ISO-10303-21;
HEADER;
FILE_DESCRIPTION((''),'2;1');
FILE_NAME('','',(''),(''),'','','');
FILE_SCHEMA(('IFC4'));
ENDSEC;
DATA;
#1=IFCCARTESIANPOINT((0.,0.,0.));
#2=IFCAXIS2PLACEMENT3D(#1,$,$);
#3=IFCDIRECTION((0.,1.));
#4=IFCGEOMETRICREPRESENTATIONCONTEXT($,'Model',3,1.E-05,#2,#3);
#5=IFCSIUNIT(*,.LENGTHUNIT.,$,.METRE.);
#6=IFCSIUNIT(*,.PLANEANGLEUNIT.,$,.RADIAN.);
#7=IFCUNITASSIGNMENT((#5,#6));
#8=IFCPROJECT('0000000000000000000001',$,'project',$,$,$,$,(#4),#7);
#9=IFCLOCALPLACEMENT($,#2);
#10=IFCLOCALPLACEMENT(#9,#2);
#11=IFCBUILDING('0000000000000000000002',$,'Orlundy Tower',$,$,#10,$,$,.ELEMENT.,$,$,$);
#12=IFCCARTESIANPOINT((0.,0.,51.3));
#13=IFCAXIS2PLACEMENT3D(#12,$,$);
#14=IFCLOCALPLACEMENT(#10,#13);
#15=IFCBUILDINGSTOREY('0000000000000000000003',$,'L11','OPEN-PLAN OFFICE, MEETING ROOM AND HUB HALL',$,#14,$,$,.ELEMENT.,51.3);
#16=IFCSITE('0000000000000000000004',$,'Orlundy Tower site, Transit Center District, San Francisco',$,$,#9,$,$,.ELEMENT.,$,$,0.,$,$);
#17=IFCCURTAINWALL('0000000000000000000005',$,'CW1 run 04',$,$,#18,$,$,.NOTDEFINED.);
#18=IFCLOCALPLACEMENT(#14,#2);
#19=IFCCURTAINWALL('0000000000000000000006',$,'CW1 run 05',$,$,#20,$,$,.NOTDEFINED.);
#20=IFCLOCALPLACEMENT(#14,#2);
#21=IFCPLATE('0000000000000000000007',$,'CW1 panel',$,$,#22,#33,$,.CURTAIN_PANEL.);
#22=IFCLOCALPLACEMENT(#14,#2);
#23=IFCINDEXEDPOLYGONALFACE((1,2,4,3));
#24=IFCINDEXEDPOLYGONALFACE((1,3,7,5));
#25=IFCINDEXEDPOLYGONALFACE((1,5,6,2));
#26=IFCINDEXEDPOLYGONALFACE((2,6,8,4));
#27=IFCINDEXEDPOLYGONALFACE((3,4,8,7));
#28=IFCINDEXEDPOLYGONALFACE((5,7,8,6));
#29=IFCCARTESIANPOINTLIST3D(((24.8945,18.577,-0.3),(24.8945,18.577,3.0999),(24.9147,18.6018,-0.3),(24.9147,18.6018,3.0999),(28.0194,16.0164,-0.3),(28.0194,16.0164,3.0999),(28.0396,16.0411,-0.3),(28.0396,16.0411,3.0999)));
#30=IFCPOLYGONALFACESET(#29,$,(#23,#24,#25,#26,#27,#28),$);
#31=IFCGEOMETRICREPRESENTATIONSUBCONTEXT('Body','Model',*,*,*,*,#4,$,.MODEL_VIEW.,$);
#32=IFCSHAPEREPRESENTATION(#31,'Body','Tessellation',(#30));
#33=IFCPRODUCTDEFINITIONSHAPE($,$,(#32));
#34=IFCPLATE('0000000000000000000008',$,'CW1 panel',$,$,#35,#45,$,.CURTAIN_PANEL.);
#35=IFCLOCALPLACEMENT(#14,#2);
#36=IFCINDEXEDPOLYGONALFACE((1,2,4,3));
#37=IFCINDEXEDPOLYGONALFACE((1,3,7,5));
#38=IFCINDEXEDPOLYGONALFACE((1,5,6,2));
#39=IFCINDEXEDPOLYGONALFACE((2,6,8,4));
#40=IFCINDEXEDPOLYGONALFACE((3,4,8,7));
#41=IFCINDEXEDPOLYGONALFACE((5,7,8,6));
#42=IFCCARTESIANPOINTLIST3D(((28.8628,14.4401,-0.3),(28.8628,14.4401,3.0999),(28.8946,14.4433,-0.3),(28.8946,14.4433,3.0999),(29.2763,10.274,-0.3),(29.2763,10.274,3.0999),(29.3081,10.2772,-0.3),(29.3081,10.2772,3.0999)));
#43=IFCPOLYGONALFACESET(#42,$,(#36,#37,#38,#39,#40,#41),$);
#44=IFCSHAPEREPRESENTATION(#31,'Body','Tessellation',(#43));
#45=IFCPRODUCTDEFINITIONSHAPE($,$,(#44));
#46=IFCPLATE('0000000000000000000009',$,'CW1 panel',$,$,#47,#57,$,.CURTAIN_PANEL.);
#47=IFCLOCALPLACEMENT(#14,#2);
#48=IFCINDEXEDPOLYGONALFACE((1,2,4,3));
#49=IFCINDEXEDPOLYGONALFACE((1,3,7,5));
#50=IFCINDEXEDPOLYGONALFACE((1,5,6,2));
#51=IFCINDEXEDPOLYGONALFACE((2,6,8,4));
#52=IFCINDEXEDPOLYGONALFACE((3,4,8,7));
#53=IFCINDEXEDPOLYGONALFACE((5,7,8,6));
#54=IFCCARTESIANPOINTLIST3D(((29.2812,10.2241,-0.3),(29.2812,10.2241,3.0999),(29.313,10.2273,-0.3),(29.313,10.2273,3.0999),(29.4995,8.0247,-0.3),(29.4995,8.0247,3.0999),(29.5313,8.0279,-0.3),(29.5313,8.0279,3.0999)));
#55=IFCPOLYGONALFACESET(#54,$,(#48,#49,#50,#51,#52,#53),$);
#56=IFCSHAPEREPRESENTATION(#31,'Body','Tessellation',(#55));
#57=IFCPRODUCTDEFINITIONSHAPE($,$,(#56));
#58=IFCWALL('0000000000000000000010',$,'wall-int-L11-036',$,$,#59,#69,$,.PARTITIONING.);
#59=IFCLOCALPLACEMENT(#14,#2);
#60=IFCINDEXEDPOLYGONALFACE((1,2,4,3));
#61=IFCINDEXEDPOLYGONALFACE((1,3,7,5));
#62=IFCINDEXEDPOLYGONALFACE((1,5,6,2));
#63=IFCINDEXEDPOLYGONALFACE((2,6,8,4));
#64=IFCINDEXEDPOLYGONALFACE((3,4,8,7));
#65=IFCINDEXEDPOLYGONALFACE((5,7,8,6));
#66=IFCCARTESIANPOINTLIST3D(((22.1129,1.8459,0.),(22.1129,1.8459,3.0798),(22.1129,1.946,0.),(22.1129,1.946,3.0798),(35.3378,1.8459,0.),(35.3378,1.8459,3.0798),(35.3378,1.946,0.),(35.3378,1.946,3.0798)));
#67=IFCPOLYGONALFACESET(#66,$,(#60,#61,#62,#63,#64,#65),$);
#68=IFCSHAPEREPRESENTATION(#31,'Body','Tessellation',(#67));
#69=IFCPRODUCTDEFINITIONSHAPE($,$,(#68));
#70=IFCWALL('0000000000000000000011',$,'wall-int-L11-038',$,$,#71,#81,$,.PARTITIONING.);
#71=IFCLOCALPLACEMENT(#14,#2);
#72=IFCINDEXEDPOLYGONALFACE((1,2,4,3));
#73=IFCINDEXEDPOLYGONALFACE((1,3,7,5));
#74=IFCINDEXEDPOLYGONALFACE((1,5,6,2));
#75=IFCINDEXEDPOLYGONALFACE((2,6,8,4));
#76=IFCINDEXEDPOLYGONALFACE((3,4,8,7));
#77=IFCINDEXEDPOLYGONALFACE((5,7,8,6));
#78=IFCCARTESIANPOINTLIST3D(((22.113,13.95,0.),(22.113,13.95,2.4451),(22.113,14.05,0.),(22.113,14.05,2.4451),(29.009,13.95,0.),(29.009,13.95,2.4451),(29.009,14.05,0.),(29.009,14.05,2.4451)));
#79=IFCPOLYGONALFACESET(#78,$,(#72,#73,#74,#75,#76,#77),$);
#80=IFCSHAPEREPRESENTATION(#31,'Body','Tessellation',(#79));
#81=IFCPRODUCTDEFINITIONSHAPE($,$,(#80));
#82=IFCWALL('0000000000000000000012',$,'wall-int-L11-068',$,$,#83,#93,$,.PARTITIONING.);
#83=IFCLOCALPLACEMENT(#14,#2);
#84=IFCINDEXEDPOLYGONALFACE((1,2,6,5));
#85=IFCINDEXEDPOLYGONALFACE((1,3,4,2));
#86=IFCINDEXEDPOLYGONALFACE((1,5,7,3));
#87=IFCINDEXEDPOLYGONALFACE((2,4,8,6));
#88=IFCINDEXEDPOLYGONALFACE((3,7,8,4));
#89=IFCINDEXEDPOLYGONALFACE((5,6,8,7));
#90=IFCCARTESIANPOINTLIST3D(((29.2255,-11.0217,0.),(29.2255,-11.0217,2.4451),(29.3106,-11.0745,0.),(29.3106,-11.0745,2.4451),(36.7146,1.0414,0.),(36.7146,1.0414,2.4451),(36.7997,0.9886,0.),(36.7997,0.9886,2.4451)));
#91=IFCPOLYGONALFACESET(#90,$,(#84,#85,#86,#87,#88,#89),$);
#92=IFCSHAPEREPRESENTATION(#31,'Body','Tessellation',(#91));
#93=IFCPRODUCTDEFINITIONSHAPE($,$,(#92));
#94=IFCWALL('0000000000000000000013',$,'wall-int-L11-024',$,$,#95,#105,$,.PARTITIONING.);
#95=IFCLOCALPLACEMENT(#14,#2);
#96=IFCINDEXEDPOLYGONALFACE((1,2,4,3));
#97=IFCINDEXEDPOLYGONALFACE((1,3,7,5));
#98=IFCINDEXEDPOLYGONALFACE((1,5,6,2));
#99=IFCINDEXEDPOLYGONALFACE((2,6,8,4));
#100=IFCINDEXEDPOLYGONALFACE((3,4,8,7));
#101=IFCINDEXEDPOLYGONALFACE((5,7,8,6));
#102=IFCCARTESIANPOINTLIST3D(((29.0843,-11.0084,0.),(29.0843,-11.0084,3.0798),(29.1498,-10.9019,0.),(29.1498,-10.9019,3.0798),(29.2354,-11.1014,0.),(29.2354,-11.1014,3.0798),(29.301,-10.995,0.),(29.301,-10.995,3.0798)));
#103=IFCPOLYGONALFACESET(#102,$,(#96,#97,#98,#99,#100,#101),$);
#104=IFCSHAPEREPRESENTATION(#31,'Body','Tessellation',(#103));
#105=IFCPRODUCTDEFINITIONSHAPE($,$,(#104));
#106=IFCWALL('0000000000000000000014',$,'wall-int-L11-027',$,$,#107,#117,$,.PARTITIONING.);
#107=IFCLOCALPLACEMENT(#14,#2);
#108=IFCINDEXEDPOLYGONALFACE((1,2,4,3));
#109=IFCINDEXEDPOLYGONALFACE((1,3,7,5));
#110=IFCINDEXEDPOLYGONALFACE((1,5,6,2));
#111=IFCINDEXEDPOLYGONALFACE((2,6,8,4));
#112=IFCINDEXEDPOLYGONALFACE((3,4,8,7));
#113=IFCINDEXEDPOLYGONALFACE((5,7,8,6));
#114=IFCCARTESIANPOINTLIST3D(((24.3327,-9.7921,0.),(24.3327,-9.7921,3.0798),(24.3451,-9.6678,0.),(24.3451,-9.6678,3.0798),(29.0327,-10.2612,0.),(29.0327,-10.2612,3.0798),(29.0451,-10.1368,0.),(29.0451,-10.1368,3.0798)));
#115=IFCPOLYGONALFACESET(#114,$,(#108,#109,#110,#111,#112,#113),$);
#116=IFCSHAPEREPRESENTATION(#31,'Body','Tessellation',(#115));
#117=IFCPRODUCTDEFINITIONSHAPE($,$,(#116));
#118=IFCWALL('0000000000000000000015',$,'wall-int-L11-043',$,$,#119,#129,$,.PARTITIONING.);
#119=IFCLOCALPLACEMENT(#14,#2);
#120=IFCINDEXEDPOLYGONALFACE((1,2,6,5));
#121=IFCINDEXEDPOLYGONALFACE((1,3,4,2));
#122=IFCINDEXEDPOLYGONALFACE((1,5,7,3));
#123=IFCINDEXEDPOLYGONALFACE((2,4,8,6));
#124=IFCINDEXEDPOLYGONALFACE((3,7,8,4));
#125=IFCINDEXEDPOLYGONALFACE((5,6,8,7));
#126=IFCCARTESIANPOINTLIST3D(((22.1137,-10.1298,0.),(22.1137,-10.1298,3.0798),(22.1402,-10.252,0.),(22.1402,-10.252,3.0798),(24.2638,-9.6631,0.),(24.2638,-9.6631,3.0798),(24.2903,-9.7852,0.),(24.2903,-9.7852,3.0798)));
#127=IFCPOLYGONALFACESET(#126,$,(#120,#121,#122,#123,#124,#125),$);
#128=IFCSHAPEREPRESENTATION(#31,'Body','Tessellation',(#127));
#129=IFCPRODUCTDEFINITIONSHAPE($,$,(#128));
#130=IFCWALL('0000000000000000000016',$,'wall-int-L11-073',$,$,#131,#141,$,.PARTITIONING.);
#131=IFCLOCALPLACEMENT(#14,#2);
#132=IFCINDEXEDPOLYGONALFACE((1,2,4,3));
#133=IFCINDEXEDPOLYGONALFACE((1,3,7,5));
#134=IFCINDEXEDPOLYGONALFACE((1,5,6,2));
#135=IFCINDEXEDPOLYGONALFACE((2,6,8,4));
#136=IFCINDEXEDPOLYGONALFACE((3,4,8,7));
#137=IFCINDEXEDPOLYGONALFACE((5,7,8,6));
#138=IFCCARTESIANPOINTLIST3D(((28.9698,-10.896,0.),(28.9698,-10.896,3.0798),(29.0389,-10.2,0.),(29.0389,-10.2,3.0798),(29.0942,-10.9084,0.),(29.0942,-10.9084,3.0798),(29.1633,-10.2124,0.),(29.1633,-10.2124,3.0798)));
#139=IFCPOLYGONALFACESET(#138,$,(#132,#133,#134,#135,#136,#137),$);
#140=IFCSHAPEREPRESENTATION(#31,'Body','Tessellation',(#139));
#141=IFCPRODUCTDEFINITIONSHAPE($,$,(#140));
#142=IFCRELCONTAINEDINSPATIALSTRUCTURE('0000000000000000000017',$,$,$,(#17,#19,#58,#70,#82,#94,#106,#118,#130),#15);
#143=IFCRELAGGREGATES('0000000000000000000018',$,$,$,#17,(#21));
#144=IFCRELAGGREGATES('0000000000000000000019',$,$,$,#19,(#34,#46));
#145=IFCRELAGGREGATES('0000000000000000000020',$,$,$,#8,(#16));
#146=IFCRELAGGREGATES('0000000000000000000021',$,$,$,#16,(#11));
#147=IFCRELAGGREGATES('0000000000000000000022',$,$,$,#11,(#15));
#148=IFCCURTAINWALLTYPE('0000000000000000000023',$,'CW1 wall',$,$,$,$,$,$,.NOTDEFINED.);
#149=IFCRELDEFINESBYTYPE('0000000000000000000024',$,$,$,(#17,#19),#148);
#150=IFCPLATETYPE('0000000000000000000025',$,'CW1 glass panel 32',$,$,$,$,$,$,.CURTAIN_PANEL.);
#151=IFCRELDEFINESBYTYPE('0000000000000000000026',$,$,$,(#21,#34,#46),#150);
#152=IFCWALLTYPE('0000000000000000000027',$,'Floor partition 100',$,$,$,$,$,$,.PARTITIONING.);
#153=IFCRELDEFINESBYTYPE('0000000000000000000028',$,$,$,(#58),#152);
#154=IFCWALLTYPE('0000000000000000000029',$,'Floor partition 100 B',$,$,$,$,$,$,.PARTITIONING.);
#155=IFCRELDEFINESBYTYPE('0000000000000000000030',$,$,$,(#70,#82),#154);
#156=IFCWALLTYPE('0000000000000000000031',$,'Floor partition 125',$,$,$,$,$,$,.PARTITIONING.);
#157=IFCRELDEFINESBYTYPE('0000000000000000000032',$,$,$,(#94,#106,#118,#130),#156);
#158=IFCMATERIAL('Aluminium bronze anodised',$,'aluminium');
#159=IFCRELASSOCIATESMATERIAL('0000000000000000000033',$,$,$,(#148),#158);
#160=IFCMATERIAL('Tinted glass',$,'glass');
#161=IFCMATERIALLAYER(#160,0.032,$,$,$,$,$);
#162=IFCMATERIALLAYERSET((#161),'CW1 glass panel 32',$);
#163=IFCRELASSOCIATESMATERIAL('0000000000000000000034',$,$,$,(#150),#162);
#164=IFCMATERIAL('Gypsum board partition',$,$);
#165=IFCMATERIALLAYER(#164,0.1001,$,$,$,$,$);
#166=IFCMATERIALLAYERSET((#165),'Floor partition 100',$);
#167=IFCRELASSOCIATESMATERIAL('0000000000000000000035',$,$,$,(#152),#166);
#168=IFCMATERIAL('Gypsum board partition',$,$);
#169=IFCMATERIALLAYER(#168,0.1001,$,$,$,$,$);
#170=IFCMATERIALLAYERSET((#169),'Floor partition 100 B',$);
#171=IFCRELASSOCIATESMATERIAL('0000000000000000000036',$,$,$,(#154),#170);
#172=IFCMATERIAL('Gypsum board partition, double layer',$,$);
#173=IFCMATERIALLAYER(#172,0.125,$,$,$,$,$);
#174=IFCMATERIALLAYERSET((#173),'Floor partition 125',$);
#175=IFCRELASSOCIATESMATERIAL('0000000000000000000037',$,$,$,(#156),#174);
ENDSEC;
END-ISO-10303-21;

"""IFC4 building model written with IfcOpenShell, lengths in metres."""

from ifc_helpers import new_model, si_unit, direction, frame, frame_2d, origin, origin_2d, place, context, subcontext, project, spatial, rectangle, extrude, material, layer, layer_set, type_object, element, aggregate, save


model = new_model("IFC4")

# Units and contexts
model_context = context("Model", 3, precision=1e-05, world=origin(), true_north=direction((0.0, 1.0)))
body_context = subcontext(model_context, "Body", "Model", "MODEL_VIEW")
ifc_project = project(units=[si_unit("LENGTHUNIT", "METRE"), si_unit("PLANEANGLEUNIT", "RADIAN")], contexts=[model_context])

# Site, building, storey
site_placement = place(None, origin())
site = spatial("IfcSite", under=ifc_project, at=site_placement, Name="Orlundy Tower site, Transit Center District, San Francisco", CompositionType="ELEMENT", RefElevation=0.0)
building_placement = place(site_placement, origin())
building = spatial("IfcBuilding", under=site, at=building_placement, Name="Orlundy Tower", CompositionType="ELEMENT")
storey_placement = place(building_placement, frame((0.0, 0.0, 51.3)))
storey = spatial("IfcBuildingStorey", under=building, at=storey_placement, Name="L11", Description="OPEN-PLAN OFFICE, MEETING ROOM AND HUB HALL", CompositionType="ELEMENT", Elevation=51.3)

# Curtain wall
ifc_material_1 = material(Name="Aluminium bronze anodised", Category="aluminium")
curtain_wall_type = type_object("IfcCurtainWallType", Name="CW1 wall", PredefinedType="NOTDEFINED", material=ifc_material_1)
curtain_wall_1_placement = place(storey_placement, origin())
curtain_wall_1 = element("IfcCurtainWall", 1, at=curtain_wall_1_placement, inside=storey, type_object=curtain_wall_type, Name="CW1 run 04", PredefinedType="NOTDEFINED")

# Curtain wall
curtain_wall_2_placement = place(storey_placement, origin())
curtain_wall_2 = element("IfcCurtainWall", 2, at=curtain_wall_2_placement, inside=storey, type_object=curtain_wall_type, Name="CW1 run 05", PredefinedType="NOTDEFINED")

# Plates
ifc_material_2 = material(Name="Tinted glass", Category="glass")
ifc_layer_1 = layer(ifc_material_2, 0.032)
ifc_layer_set_1 = layer_set([ifc_layer_1], Name="CW1 glass panel 32")
plate_type = type_object("IfcPlateType", Name="CW1 glass panel 32", PredefinedType="CURTAIN_PANEL", material=ifc_layer_set_1)
plate_1_placement = place(storey_placement, frame((26.467, 17.3091, -0.3), z_axis=(0.0, 0.0, 1.0), x_axis=(0.773482, -0.633818, 0.0)))
plate_1 = element("IfcPlate", 3, at=plate_1_placement, type_object=plate_type, Name="CW1 panel", PredefinedType="CURTAIN_PANEL", context=body_context, shape_type="SweptSolid", body=[
    extrude(rectangle(XDim=4.04, YDim=0.032, at=origin_2d()), origin(), (0.0, 0.0, 1.0), 3.3999),
])
aggregate(curtain_wall_1, [plate_1])
plate_2_placement = place(storey_placement, frame((29.0854, 12.3586, -0.3), z_axis=(0.0, 0.0, 1.0), x_axis=(0.098759, -0.995111, 0.0)))
plate_2 = element("IfcPlate", 4, at=plate_2_placement, type_object=plate_type, Name="CW1 panel", PredefinedType="CURTAIN_PANEL", context=body_context, shape_type="SweptSolid", body=[
    extrude(rectangle(XDim=4.1865, YDim=0.032, at=origin_2d()), origin(), (0.0, 0.0, 1.0), 3.3999),
])
plate_3_placement = place(storey_placement, frame((29.4062, 9.126, -0.3), z_axis=(0.0, 0.0, 1.0), x_axis=(0.098759, -0.995111, 0.0)))
plate_3 = element("IfcPlate", 5, at=plate_3_placement, type_object=plate_type, Name="CW1 panel", PredefinedType="CURTAIN_PANEL", context=body_context, shape_type="SweptSolid", body=[
    extrude(rectangle(XDim=2.2102, YDim=0.032, at=origin_2d()), origin(), (0.0, 0.0, 1.0), 3.3999),
])
aggregate(curtain_wall_2, [plate_2, plate_3])

# Walls
ifc_material_3 = material(Name="Gypsum board partition")
ifc_layer_2 = layer(ifc_material_3, 0.1001)
ifc_layer_set_2 = layer_set([ifc_layer_2], Name="Floor partition 100")
wall_type_1 = type_object("IfcWallType", Name="Floor partition 100", PredefinedType="PARTITIONING", material=ifc_layer_set_2)
wall_1_placement = place(storey_placement, frame((22.113, 1.896, 0.0), z_axis=(0.0, 0.0, 1.0), x_axis=(1.0, 0.0, 0.0)))
element("IfcWall", 6, at=wall_1_placement, inside=storey, type_object=wall_type_1, Name="wall-int-L11-036", PredefinedType="PARTITIONING", context=body_context, shape_type="SweptSolid", body=[
    extrude(rectangle(XDim=13.2249, YDim=0.1001, at=frame_2d((6.6123, 0.0))), origin(), (0.0, 0.0, 1.0), 3.0798),
])
ifc_material_4 = material(Name="Gypsum board partition")
ifc_layer_3 = layer(ifc_material_4, 0.1001)
ifc_layer_set_3 = layer_set([ifc_layer_3], Name="Floor partition 100 B")
wall_type_2 = type_object("IfcWallType", Name="Floor partition 100 B", PredefinedType="PARTITIONING", material=ifc_layer_set_3)
wall_2_placement = place(storey_placement, frame((22.113, 14.0, 0.0), z_axis=(0.0, 0.0, 1.0), x_axis=(1.0, 0.0, 0.0)))
element("IfcWall", 7, at=wall_2_placement, inside=storey, type_object=wall_type_2, Name="wall-int-L11-038", PredefinedType="PARTITIONING", context=body_context, shape_type="SweptSolid", body=[
    extrude(rectangle(XDim=6.896, YDim=0.1001, at=frame_2d((3.448, 0.0))), origin(), (0.0, 0.0, 1.0), 2.4451),
])
wall_3_placement = place(storey_placement, frame((29.2681, -11.0481, 0.0), z_axis=(0.0, 0.0, 1.0), x_axis=(0.527446, 0.849588, 0.0)))
element("IfcWall", 8, at=wall_3_placement, inside=storey, type_object=wall_type_2, Name="wall-int-L11-068", PredefinedType="PARTITIONING", context=body_context, shape_type="SweptSolid", body=[
    extrude(rectangle(XDim=14.1987, YDim=0.1001, at=frame_2d((7.0994, 0.0))), origin(), (0.0, 0.0, 1.0), 2.4451),
])
ifc_material_5 = material(Name="Gypsum board partition, double layer")
ifc_layer_4 = layer(ifc_material_5, 0.125)
ifc_layer_set_4 = layer_set([ifc_layer_4], Name="Floor partition 125")
wall_type_3 = type_object("IfcWallType", Name="Floor partition 125", PredefinedType="PARTITIONING", material=ifc_layer_set_4)
wall_4_placement = place(storey_placement, frame((29.1169, -10.9551, 0.0), z_axis=(0.0, 0.0, 1.0), x_axis=(0.851611, -0.524174, 0.0)))
element("IfcWall", 9, at=wall_4_placement, inside=storey, type_object=wall_type_3, Name="wall-int-L11-024", PredefinedType="PARTITIONING", context=body_context, shape_type="SweptSolid", body=[
    extrude(rectangle(XDim=0.1775, YDim=0.125, at=frame_2d((0.0889, 0.0))), origin(), (0.0, 0.0, 1.0), 3.0798),
])
wall_5_placement = place(storey_placement, frame((29.0391, -10.199, 0.0), z_axis=(0.0, 0.0, 1.0), x_axis=(-0.995058, 0.099294, 0.0)))
element("IfcWall", 10, at=wall_5_placement, inside=storey, type_object=wall_type_3, Name="wall-int-L11-027", PredefinedType="PARTITIONING", context=body_context, shape_type="SweptSolid", body=[
    extrude(rectangle(XDim=4.7234, YDim=0.125, at=frame_2d((2.3618, 0.0))), origin(), (0.0, 0.0, 1.0), 3.0798),
])
wall_6_placement = place(storey_placement, frame((22.127, -10.1909, 0.0), z_axis=(0.0, 0.0, 1.0), x_axis=(0.977235, 0.212158, 0.0)))
element("IfcWall", 11, at=wall_6_placement, inside=storey, type_object=wall_type_3, Name="wall-int-L11-043", PredefinedType="PARTITIONING", context=body_context, shape_type="SweptSolid", body=[
    extrude(rectangle(XDim=2.2002, YDim=0.125, at=frame_2d((1.1001, 0.0))), origin(), (0.0, 0.0, 1.0), 3.0798),
])
wall_7_placement = place(storey_placement, frame((29.032, -10.9021, 0.0), z_axis=(0.0, 0.0, 1.0), x_axis=(0.098778, 0.995109, 0.0)))
element("IfcWall", 12, at=wall_7_placement, inside=storey, type_object=wall_type_3, Name="wall-int-L11-073", PredefinedType="PARTITIONING", context=body_context, shape_type="SweptSolid", body=[
    extrude(rectangle(XDim=0.6995, YDim=0.125, at=frame_2d((0.3496, 0.0))), origin(), (0.0, 0.0, 1.0), 3.0798),
])

save(model, "model.ifc")
